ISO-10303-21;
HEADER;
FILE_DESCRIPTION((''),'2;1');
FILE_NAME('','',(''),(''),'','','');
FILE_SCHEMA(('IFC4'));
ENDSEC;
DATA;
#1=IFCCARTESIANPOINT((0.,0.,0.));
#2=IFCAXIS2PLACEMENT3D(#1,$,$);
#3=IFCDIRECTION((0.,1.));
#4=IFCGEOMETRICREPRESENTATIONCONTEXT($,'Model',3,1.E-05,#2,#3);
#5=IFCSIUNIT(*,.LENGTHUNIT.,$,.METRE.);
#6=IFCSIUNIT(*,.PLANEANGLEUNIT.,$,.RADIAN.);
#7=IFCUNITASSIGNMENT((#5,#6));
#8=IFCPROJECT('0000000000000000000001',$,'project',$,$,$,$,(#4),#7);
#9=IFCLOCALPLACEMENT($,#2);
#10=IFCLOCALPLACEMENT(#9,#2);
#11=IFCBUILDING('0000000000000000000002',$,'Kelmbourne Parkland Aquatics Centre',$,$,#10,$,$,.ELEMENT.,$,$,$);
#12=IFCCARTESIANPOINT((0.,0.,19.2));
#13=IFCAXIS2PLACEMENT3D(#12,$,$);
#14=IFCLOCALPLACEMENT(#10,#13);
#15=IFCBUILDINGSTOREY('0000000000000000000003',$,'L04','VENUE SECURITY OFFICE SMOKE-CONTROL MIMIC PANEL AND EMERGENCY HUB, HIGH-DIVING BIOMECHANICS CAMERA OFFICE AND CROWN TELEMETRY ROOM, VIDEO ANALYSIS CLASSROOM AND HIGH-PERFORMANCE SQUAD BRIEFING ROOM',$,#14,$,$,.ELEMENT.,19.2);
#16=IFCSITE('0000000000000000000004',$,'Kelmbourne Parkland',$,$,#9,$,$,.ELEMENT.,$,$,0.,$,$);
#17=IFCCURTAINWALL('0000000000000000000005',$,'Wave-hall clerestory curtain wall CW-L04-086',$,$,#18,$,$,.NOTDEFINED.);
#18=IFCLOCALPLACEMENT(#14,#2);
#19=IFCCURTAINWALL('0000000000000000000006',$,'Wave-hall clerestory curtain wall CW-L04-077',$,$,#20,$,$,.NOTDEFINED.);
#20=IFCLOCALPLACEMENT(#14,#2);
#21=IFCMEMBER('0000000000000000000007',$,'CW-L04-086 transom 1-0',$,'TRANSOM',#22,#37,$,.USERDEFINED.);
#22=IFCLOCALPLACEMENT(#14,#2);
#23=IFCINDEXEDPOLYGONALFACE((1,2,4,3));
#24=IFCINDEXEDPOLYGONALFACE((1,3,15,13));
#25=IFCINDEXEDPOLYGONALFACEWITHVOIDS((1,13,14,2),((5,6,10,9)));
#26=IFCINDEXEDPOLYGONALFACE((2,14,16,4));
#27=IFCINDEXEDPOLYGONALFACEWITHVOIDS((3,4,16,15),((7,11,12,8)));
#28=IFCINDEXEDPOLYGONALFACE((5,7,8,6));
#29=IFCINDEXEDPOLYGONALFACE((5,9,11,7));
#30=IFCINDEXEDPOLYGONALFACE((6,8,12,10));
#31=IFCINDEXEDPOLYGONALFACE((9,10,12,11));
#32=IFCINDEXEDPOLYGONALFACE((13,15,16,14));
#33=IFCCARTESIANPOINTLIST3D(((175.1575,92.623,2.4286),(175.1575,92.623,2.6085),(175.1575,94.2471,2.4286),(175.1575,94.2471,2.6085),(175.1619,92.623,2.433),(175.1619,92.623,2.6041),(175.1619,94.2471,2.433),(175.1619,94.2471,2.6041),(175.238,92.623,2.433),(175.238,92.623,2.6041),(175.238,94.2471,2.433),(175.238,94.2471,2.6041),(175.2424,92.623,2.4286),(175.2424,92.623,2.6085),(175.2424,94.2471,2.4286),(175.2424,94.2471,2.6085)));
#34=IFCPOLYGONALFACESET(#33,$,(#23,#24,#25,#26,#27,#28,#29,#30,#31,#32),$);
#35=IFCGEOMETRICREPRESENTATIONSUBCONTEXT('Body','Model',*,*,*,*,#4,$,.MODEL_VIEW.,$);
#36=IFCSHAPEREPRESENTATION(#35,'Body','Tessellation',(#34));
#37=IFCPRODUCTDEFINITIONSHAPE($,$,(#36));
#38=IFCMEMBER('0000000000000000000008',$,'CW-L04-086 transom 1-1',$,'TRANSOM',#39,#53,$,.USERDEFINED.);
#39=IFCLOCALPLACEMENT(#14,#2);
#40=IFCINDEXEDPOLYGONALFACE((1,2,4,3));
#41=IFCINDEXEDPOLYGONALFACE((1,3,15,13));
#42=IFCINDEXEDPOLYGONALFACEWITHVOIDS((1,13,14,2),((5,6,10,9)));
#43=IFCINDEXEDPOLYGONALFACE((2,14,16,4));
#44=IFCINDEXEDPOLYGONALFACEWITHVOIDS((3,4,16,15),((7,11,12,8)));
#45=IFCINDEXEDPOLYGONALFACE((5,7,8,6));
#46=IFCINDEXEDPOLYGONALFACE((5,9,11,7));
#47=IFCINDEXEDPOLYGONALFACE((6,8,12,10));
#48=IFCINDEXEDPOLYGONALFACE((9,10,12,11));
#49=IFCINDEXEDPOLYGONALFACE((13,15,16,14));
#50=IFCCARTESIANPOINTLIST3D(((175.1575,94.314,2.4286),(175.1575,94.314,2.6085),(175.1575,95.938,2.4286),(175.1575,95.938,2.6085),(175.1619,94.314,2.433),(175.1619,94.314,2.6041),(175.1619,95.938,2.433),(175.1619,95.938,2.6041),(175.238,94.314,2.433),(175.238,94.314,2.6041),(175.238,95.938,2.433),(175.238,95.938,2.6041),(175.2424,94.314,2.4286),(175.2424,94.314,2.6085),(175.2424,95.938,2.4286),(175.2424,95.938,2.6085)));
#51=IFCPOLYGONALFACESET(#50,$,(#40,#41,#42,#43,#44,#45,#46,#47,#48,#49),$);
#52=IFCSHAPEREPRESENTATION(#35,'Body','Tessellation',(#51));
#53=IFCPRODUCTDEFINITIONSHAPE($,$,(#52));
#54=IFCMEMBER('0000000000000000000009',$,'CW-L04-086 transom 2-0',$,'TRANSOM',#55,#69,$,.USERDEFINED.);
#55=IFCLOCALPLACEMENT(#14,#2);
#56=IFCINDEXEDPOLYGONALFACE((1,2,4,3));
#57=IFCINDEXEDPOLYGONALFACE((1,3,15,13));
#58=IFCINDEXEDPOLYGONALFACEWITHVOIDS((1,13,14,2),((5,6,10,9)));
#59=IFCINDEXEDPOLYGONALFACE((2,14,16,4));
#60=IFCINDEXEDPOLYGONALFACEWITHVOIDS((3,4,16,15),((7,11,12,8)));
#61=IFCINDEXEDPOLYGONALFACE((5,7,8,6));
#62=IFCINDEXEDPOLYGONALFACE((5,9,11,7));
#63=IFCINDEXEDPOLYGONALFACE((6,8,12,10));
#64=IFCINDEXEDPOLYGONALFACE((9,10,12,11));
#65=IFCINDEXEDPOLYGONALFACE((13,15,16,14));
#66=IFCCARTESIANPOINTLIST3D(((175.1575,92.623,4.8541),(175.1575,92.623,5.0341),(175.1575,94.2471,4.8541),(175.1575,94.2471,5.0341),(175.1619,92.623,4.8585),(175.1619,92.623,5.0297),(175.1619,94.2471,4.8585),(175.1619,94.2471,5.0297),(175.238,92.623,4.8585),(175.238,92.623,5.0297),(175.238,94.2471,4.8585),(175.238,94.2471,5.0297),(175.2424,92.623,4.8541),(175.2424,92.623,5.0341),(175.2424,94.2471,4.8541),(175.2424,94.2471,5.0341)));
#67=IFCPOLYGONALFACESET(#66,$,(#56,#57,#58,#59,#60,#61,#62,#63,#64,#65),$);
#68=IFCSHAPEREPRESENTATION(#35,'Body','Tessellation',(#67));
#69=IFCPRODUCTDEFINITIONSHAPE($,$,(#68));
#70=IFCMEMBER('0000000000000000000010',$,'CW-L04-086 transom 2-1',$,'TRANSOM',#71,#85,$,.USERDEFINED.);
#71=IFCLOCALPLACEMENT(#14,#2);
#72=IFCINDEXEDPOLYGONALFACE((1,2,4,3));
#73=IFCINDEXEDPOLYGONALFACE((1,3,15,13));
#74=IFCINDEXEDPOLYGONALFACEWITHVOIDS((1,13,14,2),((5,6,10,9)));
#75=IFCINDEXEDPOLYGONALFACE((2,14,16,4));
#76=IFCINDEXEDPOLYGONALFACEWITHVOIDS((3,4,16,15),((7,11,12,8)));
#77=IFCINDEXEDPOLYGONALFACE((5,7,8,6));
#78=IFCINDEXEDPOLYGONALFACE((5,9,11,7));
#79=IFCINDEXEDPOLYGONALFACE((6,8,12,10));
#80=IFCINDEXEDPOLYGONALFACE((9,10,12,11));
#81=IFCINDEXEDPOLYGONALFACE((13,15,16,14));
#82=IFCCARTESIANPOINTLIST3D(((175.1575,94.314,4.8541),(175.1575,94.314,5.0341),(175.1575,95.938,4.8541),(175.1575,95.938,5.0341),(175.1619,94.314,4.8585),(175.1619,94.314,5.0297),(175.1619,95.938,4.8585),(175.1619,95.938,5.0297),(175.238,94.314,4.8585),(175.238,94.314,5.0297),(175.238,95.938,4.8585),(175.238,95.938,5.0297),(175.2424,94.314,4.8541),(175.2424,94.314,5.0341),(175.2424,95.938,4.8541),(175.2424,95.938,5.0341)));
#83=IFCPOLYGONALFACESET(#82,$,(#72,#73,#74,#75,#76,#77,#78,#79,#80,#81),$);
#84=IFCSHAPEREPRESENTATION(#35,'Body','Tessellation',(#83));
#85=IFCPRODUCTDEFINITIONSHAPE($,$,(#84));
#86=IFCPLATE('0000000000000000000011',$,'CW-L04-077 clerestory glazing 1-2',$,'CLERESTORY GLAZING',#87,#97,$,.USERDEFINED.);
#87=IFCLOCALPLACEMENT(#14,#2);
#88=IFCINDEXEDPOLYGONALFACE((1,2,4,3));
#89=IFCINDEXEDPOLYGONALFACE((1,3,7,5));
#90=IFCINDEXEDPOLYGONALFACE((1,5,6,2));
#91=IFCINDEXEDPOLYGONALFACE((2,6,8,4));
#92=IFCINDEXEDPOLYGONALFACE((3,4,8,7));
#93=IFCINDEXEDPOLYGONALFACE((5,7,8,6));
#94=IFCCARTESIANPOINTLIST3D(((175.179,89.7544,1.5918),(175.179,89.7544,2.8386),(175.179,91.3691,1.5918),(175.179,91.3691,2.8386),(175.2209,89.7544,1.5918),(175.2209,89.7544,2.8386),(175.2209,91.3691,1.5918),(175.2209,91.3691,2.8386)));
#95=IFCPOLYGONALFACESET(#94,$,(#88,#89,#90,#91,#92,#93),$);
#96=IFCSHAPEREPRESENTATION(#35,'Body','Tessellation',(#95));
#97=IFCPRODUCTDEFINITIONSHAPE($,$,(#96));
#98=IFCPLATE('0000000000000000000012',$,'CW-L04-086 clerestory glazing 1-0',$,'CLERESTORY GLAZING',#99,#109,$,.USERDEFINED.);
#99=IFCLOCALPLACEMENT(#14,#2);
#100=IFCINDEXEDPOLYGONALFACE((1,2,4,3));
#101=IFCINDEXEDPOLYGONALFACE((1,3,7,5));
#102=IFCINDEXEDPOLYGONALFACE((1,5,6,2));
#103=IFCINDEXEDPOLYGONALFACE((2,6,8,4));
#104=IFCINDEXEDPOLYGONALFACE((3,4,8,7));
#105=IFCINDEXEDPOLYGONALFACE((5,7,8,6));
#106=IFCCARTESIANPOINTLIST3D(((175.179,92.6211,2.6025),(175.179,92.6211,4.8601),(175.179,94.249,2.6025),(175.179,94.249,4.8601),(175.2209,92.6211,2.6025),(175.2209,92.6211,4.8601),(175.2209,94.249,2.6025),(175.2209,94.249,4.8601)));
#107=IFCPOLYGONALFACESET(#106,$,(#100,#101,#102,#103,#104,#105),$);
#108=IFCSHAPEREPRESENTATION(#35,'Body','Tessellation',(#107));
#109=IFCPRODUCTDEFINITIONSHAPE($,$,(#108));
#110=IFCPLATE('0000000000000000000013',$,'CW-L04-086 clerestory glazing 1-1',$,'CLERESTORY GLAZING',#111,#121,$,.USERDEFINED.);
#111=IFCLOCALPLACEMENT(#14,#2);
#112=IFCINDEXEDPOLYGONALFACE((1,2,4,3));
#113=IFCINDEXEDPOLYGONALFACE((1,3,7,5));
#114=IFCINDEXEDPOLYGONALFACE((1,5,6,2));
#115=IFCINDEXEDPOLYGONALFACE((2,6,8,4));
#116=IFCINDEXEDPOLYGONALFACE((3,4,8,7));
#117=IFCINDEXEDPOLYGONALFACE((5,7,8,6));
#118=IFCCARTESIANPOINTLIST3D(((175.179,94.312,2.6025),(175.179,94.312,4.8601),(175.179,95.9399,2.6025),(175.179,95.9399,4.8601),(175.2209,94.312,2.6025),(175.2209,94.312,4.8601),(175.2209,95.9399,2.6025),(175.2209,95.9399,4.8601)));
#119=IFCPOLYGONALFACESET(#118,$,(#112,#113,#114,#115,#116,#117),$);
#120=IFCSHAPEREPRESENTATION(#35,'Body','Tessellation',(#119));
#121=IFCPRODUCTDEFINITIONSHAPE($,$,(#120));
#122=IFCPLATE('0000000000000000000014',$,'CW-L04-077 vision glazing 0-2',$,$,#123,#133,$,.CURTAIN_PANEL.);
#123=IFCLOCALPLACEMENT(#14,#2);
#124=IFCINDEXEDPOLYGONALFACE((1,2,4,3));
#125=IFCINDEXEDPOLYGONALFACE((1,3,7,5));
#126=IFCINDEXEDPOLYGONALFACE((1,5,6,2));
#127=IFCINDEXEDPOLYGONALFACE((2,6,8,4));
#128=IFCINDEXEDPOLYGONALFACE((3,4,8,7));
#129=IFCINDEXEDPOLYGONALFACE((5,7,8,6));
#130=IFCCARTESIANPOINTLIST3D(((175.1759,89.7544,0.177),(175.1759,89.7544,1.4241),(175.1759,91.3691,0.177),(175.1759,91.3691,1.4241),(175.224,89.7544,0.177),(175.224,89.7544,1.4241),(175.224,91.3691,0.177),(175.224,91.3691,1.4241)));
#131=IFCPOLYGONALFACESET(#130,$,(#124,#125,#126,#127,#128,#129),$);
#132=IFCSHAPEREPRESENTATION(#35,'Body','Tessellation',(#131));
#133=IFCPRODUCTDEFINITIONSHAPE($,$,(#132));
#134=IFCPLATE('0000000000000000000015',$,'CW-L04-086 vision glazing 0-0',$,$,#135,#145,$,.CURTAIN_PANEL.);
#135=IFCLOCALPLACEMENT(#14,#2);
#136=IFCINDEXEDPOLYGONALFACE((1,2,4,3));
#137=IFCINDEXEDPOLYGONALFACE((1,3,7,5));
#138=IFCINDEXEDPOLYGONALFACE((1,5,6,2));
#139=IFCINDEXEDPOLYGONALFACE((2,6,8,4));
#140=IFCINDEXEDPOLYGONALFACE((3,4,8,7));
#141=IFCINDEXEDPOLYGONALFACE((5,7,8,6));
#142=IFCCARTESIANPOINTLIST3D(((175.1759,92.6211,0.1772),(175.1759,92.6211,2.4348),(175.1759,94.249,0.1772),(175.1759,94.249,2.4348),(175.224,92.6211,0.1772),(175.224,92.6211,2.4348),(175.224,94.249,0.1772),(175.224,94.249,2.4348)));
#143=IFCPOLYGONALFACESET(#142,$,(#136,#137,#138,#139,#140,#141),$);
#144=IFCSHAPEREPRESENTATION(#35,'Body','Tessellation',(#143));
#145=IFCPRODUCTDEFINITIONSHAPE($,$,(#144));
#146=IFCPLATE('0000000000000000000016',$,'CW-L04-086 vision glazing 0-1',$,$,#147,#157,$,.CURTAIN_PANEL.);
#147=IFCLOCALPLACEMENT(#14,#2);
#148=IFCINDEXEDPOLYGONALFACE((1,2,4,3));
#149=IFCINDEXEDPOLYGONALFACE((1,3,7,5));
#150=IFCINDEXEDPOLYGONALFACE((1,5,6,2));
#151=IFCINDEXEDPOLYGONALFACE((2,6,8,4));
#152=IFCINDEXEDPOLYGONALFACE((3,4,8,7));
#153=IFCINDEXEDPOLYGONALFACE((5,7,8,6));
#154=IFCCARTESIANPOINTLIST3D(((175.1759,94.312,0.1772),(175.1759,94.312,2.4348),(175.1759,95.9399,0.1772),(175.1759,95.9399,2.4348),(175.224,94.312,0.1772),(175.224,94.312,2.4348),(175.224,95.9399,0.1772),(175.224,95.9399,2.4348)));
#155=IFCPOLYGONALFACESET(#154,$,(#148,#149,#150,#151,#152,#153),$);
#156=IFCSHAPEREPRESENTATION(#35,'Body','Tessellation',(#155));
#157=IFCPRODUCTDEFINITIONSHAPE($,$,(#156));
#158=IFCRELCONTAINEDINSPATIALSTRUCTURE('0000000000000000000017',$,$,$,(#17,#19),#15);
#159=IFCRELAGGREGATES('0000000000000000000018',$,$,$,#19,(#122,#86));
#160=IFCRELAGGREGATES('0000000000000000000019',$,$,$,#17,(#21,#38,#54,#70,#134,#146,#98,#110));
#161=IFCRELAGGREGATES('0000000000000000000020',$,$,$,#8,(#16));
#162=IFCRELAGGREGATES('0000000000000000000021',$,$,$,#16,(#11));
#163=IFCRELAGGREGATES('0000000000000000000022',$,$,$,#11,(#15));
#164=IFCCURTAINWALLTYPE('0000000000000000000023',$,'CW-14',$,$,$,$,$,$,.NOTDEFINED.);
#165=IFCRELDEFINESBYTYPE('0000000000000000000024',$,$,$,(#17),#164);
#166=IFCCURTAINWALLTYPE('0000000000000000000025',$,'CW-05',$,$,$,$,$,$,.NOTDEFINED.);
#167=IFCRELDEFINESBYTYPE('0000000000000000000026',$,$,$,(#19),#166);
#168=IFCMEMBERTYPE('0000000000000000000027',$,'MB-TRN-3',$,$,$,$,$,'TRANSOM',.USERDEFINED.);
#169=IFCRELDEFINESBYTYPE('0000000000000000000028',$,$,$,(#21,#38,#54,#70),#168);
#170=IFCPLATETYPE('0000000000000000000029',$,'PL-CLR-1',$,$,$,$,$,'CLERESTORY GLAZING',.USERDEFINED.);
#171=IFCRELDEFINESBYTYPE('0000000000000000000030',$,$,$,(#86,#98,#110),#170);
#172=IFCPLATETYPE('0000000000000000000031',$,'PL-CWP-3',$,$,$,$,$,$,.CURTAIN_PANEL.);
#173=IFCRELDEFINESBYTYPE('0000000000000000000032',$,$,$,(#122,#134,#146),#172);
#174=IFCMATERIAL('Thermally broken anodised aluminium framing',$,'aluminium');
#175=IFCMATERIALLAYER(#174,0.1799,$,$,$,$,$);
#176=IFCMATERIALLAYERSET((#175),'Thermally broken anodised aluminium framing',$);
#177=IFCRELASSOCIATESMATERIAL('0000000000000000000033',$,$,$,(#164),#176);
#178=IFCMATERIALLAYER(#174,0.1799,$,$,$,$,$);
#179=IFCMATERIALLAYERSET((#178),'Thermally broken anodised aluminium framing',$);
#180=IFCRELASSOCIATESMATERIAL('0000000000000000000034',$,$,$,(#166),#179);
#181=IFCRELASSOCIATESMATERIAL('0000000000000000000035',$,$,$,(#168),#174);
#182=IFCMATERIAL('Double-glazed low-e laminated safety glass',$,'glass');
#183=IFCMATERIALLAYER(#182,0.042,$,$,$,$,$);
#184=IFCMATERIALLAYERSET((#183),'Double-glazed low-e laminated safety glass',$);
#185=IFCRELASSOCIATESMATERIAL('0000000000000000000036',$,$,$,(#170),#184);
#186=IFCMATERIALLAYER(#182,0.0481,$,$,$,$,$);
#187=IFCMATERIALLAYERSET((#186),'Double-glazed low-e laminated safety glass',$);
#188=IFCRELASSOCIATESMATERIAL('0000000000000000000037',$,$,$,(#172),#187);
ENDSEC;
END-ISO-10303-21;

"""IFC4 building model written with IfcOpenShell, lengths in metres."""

from ifc_helpers import new_model, si_unit, direction, frame, origin, origin_2d, place, context, subcontext, project, spatial, rectangle, hollow_rectangle, extrude, material, layer, layer_set, material_profile, profile_set, type_object, element, aggregate, save


model = new_model("IFC4")

# Units and contexts
model_context = context("Model", 3, precision=1e-05, world=origin(), true_north=direction((0.0, 1.0)))
body_context = subcontext(model_context, "Body", "Model", "MODEL_VIEW")
ifc_project = project(units=[si_unit("LENGTHUNIT", "METRE"), si_unit("PLANEANGLEUNIT", "RADIAN")], contexts=[model_context])

# Site, building, storey
site_placement = place(None, origin())
site = spatial("IfcSite", under=ifc_project, at=site_placement, Name="Kelmbourne Parkland", CompositionType="ELEMENT", RefElevation=0.0)
building_placement = place(site_placement, origin())
building = spatial("IfcBuilding", under=site, at=building_placement, Name="Kelmbourne Parkland Aquatics Centre", CompositionType="ELEMENT")
storey_placement = place(building_placement, frame((0.0, 0.0, 19.2)))
storey = spatial("IfcBuildingStorey", under=building, at=storey_placement, Name="L04", Description="VENUE SECURITY OFFICE SMOKE-CONTROL MIMIC PANEL AND EMERGENCY HUB, HIGH-DIVING BIOMECHANICS CAMERA OFFICE AND CROWN TELEMETRY ROOM, VIDEO ANALYSIS CLASSROOM AND HIGH-PERFORMANCE SQUAD BRIEFING ROOM", CompositionType="ELEMENT", Elevation=19.2)

# Curtain walls
ifc_material_1 = material(Name="Thermally broken anodised aluminium framing", Category="aluminium")
ifc_layer_1 = layer(ifc_material_1, 0.1799)
ifc_layer_set_1 = layer_set([ifc_layer_1], Name="Thermally broken anodised aluminium framing")
curtain_wall_type_1 = type_object("IfcCurtainWallType", Name="CW-14", PredefinedType="NOTDEFINED", material=ifc_layer_set_1)
curtain_wall_1_placement = place(storey_placement, origin())
curtain_wall_1 = element("IfcCurtainWall", 1, at=curtain_wall_1_placement, inside=storey, type_object=curtain_wall_type_1, Name="Wave-hall clerestory curtain wall CW-L04-086", PredefinedType="NOTDEFINED")
ifc_layer_2 = layer(ifc_material_1, 0.1799)
ifc_layer_set_2 = layer_set([ifc_layer_2], Name="Thermally broken anodised aluminium framing")
curtain_wall_type_2 = type_object("IfcCurtainWallType", Name="CW-05", PredefinedType="NOTDEFINED", material=ifc_layer_set_2)
curtain_wall_2_placement = place(storey_placement, origin())
curtain_wall_2 = element("IfcCurtainWall", 2, at=curtain_wall_2_placement, inside=storey, type_object=curtain_wall_type_2, Name="Wave-hall clerestory curtain wall CW-L04-077", PredefinedType="NOTDEFINED")
ifc_material_profile_1 = material_profile(ifc_material_1, hollow_rectangle(XDim=0.085, YDim=0.1799, WallThickness=0.0044, at=origin_2d()), Name="CW-T 85x180")
ifc_profile_set_1 = profile_set([ifc_material_profile_1], Name="Thermally broken anodised aluminium framing")
member_type_1 = type_object("IfcMemberType", Name="MB-TRN-3", ElementType="TRANSOM", PredefinedType="USERDEFINED", material=ifc_profile_set_1)

# Members
member_1_placement = place(storey_placement, frame((175.2, 92.623, 2.5186), z_axis=(0.0, 1.0, 0.0), x_axis=(-1.0, 0.0, 0.0)))
member_1 = element("IfcMember", 3, at=member_1_placement, type_object=member_type_1, Name="CW-L04-086 transom 1-0", ObjectType="TRANSOM", PredefinedType="USERDEFINED", context=body_context, shape_type="SweptSolid", body=[
    extrude(hollow_rectangle(XDim=0.085, YDim=0.1799, WallThickness=0.0044, at=origin_2d()), origin(), (0.0, 0.0, 1.0), 1.624),
])
member_2_placement = place(storey_placement, frame((175.2, 94.314, 2.5186), z_axis=(0.0, 1.0, 0.0), x_axis=(-1.0, 0.0, 0.0)))
member_2 = element("IfcMember", 4, at=member_2_placement, type_object=member_type_1, Name="CW-L04-086 transom 1-1", ObjectType="TRANSOM", PredefinedType="USERDEFINED", context=body_context, shape_type="SweptSolid", body=[
    extrude(hollow_rectangle(XDim=0.085, YDim=0.1799, WallThickness=0.0044, at=origin_2d()), origin(), (0.0, 0.0, 1.0), 1.624),
])
member_3_placement = place(storey_placement, frame((175.2, 92.623, 4.9441), z_axis=(0.0, 1.0, 0.0), x_axis=(-1.0, 0.0, 0.0)))
member_3 = element("IfcMember", 5, at=member_3_placement, type_object=member_type_1, Name="CW-L04-086 transom 2-0", ObjectType="TRANSOM", PredefinedType="USERDEFINED", context=body_context, shape_type="SweptSolid", body=[
    extrude(hollow_rectangle(XDim=0.085, YDim=0.1799, WallThickness=0.0044, at=origin_2d()), origin(), (0.0, 0.0, 1.0), 1.624),
])
member_4_placement = place(storey_placement, frame((175.2, 94.314, 4.9441), z_axis=(0.0, 1.0, 0.0), x_axis=(-1.0, 0.0, 0.0)))
member_4 = element("IfcMember", 6, at=member_4_placement, type_object=member_type_1, Name="CW-L04-086 transom 2-1", ObjectType="TRANSOM", PredefinedType="USERDEFINED", context=body_context, shape_type="SweptSolid", body=[
    extrude(hollow_rectangle(XDim=0.085, YDim=0.1799, WallThickness=0.0044, at=origin_2d()), origin(), (0.0, 0.0, 1.0), 1.624),
])

# Plates
ifc_material_2 = material(Name="Double-glazed low-e laminated safety glass", Category="glass")
ifc_layer_3 = layer(ifc_material_2, 0.042)
ifc_layer_set_3 = layer_set([ifc_layer_3], Name="Double-glazed low-e laminated safety glass")
plate_type_1 = type_object("IfcPlateType", Name="PL-CLR-1", ElementType="CLERESTORY GLAZING", PredefinedType="USERDEFINED", material=ifc_layer_set_3)
plate_1_placement = place(storey_placement, frame((175.2, 90.5618, 1.5918), z_axis=(0.0, 0.0, 1.0), x_axis=(0.0, 1.0, 0.0)))
plate_1 = element("IfcPlate", 7, at=plate_1_placement, type_object=plate_type_1, Name="CW-L04-077 clerestory glazing 1-2", ObjectType="CLERESTORY GLAZING", PredefinedType="USERDEFINED", context=body_context, shape_type="SweptSolid", body=[
    extrude(rectangle(XDim=1.6147, YDim=0.042, at=origin_2d()), origin(), (0.0, 0.0, 1.0), 1.2468),
])
plate_2_placement = place(storey_placement, frame((175.2, 93.4351, 2.6025), z_axis=(0.0, 0.0, 1.0), x_axis=(0.0, 1.0, 0.0)))
plate_2 = element("IfcPlate", 8, at=plate_2_placement, type_object=plate_type_1, Name="CW-L04-086 clerestory glazing 1-0", ObjectType="CLERESTORY GLAZING", PredefinedType="USERDEFINED", context=body_context, shape_type="SweptSolid", body=[
    extrude(rectangle(XDim=1.6279, YDim=0.042, at=origin_2d()), origin(), (0.0, 0.0, 1.0), 2.2576),
])
plate_3_placement = place(storey_placement, frame((175.2, 95.126, 2.6025), z_axis=(0.0, 0.0, 1.0), x_axis=(0.0, 1.0, 0.0)))
plate_3 = element("IfcPlate", 9, at=plate_3_placement, type_object=plate_type_1, Name="CW-L04-086 clerestory glazing 1-1", ObjectType="CLERESTORY GLAZING", PredefinedType="USERDEFINED", context=body_context, shape_type="SweptSolid", body=[
    extrude(rectangle(XDim=1.6279, YDim=0.042, at=origin_2d()), origin(), (0.0, 0.0, 1.0), 2.2576),
])
ifc_layer_4 = layer(ifc_material_2, 0.0481)
ifc_layer_set_4 = layer_set([ifc_layer_4], Name="Double-glazed low-e laminated safety glass")
plate_type_2 = type_object("IfcPlateType", Name="PL-CWP-3", PredefinedType="CURTAIN_PANEL", material=ifc_layer_set_4)
plate_4_placement = place(storey_placement, frame((175.2, 90.5618, 0.177), z_axis=(0.0, 0.0, 1.0), x_axis=(0.0, 1.0, 0.0)))
plate_4 = element("IfcPlate", 10, at=plate_4_placement, type_object=plate_type_2, Name="CW-L04-077 vision glazing 0-2", PredefinedType="CURTAIN_PANEL", context=body_context, shape_type="SweptSolid", body=[
    extrude(rectangle(XDim=1.6147, YDim=0.0481, at=origin_2d()), origin(), (0.0, 0.0, 1.0), 1.2471),
])
aggregate(curtain_wall_2, [plate_4, plate_1])
plate_5_placement = place(storey_placement, frame((175.2, 93.4351, 0.1772), z_axis=(0.0, 0.0, 1.0), x_axis=(0.0, 1.0, 0.0)))
plate_5 = element("IfcPlate", 11, at=plate_5_placement, type_object=plate_type_2, Name="CW-L04-086 vision glazing 0-0", PredefinedType="CURTAIN_PANEL", context=body_context, shape_type="SweptSolid", body=[
    extrude(rectangle(XDim=1.6279, YDim=0.0481, at=origin_2d()), origin(), (0.0, 0.0, 1.0), 2.2576),
])
plate_6_placement = place(storey_placement, frame((175.2, 95.126, 0.1772), z_axis=(0.0, 0.0, 1.0), x_axis=(0.0, 1.0, 0.0)))
plate_6 = element("IfcPlate", 12, at=plate_6_placement, type_object=plate_type_2, Name="CW-L04-086 vision glazing 0-1", PredefinedType="CURTAIN_PANEL", context=body_context, shape_type="SweptSolid", body=[
    extrude(rectangle(XDim=1.6279, YDim=0.0481, at=origin_2d()), origin(), (0.0, 0.0, 1.0), 2.2576),
])
aggregate(curtain_wall_1, [member_1, member_2, member_3, member_4, plate_5, plate_6, plate_2, plate_3])

save(model, "model.ifc")
